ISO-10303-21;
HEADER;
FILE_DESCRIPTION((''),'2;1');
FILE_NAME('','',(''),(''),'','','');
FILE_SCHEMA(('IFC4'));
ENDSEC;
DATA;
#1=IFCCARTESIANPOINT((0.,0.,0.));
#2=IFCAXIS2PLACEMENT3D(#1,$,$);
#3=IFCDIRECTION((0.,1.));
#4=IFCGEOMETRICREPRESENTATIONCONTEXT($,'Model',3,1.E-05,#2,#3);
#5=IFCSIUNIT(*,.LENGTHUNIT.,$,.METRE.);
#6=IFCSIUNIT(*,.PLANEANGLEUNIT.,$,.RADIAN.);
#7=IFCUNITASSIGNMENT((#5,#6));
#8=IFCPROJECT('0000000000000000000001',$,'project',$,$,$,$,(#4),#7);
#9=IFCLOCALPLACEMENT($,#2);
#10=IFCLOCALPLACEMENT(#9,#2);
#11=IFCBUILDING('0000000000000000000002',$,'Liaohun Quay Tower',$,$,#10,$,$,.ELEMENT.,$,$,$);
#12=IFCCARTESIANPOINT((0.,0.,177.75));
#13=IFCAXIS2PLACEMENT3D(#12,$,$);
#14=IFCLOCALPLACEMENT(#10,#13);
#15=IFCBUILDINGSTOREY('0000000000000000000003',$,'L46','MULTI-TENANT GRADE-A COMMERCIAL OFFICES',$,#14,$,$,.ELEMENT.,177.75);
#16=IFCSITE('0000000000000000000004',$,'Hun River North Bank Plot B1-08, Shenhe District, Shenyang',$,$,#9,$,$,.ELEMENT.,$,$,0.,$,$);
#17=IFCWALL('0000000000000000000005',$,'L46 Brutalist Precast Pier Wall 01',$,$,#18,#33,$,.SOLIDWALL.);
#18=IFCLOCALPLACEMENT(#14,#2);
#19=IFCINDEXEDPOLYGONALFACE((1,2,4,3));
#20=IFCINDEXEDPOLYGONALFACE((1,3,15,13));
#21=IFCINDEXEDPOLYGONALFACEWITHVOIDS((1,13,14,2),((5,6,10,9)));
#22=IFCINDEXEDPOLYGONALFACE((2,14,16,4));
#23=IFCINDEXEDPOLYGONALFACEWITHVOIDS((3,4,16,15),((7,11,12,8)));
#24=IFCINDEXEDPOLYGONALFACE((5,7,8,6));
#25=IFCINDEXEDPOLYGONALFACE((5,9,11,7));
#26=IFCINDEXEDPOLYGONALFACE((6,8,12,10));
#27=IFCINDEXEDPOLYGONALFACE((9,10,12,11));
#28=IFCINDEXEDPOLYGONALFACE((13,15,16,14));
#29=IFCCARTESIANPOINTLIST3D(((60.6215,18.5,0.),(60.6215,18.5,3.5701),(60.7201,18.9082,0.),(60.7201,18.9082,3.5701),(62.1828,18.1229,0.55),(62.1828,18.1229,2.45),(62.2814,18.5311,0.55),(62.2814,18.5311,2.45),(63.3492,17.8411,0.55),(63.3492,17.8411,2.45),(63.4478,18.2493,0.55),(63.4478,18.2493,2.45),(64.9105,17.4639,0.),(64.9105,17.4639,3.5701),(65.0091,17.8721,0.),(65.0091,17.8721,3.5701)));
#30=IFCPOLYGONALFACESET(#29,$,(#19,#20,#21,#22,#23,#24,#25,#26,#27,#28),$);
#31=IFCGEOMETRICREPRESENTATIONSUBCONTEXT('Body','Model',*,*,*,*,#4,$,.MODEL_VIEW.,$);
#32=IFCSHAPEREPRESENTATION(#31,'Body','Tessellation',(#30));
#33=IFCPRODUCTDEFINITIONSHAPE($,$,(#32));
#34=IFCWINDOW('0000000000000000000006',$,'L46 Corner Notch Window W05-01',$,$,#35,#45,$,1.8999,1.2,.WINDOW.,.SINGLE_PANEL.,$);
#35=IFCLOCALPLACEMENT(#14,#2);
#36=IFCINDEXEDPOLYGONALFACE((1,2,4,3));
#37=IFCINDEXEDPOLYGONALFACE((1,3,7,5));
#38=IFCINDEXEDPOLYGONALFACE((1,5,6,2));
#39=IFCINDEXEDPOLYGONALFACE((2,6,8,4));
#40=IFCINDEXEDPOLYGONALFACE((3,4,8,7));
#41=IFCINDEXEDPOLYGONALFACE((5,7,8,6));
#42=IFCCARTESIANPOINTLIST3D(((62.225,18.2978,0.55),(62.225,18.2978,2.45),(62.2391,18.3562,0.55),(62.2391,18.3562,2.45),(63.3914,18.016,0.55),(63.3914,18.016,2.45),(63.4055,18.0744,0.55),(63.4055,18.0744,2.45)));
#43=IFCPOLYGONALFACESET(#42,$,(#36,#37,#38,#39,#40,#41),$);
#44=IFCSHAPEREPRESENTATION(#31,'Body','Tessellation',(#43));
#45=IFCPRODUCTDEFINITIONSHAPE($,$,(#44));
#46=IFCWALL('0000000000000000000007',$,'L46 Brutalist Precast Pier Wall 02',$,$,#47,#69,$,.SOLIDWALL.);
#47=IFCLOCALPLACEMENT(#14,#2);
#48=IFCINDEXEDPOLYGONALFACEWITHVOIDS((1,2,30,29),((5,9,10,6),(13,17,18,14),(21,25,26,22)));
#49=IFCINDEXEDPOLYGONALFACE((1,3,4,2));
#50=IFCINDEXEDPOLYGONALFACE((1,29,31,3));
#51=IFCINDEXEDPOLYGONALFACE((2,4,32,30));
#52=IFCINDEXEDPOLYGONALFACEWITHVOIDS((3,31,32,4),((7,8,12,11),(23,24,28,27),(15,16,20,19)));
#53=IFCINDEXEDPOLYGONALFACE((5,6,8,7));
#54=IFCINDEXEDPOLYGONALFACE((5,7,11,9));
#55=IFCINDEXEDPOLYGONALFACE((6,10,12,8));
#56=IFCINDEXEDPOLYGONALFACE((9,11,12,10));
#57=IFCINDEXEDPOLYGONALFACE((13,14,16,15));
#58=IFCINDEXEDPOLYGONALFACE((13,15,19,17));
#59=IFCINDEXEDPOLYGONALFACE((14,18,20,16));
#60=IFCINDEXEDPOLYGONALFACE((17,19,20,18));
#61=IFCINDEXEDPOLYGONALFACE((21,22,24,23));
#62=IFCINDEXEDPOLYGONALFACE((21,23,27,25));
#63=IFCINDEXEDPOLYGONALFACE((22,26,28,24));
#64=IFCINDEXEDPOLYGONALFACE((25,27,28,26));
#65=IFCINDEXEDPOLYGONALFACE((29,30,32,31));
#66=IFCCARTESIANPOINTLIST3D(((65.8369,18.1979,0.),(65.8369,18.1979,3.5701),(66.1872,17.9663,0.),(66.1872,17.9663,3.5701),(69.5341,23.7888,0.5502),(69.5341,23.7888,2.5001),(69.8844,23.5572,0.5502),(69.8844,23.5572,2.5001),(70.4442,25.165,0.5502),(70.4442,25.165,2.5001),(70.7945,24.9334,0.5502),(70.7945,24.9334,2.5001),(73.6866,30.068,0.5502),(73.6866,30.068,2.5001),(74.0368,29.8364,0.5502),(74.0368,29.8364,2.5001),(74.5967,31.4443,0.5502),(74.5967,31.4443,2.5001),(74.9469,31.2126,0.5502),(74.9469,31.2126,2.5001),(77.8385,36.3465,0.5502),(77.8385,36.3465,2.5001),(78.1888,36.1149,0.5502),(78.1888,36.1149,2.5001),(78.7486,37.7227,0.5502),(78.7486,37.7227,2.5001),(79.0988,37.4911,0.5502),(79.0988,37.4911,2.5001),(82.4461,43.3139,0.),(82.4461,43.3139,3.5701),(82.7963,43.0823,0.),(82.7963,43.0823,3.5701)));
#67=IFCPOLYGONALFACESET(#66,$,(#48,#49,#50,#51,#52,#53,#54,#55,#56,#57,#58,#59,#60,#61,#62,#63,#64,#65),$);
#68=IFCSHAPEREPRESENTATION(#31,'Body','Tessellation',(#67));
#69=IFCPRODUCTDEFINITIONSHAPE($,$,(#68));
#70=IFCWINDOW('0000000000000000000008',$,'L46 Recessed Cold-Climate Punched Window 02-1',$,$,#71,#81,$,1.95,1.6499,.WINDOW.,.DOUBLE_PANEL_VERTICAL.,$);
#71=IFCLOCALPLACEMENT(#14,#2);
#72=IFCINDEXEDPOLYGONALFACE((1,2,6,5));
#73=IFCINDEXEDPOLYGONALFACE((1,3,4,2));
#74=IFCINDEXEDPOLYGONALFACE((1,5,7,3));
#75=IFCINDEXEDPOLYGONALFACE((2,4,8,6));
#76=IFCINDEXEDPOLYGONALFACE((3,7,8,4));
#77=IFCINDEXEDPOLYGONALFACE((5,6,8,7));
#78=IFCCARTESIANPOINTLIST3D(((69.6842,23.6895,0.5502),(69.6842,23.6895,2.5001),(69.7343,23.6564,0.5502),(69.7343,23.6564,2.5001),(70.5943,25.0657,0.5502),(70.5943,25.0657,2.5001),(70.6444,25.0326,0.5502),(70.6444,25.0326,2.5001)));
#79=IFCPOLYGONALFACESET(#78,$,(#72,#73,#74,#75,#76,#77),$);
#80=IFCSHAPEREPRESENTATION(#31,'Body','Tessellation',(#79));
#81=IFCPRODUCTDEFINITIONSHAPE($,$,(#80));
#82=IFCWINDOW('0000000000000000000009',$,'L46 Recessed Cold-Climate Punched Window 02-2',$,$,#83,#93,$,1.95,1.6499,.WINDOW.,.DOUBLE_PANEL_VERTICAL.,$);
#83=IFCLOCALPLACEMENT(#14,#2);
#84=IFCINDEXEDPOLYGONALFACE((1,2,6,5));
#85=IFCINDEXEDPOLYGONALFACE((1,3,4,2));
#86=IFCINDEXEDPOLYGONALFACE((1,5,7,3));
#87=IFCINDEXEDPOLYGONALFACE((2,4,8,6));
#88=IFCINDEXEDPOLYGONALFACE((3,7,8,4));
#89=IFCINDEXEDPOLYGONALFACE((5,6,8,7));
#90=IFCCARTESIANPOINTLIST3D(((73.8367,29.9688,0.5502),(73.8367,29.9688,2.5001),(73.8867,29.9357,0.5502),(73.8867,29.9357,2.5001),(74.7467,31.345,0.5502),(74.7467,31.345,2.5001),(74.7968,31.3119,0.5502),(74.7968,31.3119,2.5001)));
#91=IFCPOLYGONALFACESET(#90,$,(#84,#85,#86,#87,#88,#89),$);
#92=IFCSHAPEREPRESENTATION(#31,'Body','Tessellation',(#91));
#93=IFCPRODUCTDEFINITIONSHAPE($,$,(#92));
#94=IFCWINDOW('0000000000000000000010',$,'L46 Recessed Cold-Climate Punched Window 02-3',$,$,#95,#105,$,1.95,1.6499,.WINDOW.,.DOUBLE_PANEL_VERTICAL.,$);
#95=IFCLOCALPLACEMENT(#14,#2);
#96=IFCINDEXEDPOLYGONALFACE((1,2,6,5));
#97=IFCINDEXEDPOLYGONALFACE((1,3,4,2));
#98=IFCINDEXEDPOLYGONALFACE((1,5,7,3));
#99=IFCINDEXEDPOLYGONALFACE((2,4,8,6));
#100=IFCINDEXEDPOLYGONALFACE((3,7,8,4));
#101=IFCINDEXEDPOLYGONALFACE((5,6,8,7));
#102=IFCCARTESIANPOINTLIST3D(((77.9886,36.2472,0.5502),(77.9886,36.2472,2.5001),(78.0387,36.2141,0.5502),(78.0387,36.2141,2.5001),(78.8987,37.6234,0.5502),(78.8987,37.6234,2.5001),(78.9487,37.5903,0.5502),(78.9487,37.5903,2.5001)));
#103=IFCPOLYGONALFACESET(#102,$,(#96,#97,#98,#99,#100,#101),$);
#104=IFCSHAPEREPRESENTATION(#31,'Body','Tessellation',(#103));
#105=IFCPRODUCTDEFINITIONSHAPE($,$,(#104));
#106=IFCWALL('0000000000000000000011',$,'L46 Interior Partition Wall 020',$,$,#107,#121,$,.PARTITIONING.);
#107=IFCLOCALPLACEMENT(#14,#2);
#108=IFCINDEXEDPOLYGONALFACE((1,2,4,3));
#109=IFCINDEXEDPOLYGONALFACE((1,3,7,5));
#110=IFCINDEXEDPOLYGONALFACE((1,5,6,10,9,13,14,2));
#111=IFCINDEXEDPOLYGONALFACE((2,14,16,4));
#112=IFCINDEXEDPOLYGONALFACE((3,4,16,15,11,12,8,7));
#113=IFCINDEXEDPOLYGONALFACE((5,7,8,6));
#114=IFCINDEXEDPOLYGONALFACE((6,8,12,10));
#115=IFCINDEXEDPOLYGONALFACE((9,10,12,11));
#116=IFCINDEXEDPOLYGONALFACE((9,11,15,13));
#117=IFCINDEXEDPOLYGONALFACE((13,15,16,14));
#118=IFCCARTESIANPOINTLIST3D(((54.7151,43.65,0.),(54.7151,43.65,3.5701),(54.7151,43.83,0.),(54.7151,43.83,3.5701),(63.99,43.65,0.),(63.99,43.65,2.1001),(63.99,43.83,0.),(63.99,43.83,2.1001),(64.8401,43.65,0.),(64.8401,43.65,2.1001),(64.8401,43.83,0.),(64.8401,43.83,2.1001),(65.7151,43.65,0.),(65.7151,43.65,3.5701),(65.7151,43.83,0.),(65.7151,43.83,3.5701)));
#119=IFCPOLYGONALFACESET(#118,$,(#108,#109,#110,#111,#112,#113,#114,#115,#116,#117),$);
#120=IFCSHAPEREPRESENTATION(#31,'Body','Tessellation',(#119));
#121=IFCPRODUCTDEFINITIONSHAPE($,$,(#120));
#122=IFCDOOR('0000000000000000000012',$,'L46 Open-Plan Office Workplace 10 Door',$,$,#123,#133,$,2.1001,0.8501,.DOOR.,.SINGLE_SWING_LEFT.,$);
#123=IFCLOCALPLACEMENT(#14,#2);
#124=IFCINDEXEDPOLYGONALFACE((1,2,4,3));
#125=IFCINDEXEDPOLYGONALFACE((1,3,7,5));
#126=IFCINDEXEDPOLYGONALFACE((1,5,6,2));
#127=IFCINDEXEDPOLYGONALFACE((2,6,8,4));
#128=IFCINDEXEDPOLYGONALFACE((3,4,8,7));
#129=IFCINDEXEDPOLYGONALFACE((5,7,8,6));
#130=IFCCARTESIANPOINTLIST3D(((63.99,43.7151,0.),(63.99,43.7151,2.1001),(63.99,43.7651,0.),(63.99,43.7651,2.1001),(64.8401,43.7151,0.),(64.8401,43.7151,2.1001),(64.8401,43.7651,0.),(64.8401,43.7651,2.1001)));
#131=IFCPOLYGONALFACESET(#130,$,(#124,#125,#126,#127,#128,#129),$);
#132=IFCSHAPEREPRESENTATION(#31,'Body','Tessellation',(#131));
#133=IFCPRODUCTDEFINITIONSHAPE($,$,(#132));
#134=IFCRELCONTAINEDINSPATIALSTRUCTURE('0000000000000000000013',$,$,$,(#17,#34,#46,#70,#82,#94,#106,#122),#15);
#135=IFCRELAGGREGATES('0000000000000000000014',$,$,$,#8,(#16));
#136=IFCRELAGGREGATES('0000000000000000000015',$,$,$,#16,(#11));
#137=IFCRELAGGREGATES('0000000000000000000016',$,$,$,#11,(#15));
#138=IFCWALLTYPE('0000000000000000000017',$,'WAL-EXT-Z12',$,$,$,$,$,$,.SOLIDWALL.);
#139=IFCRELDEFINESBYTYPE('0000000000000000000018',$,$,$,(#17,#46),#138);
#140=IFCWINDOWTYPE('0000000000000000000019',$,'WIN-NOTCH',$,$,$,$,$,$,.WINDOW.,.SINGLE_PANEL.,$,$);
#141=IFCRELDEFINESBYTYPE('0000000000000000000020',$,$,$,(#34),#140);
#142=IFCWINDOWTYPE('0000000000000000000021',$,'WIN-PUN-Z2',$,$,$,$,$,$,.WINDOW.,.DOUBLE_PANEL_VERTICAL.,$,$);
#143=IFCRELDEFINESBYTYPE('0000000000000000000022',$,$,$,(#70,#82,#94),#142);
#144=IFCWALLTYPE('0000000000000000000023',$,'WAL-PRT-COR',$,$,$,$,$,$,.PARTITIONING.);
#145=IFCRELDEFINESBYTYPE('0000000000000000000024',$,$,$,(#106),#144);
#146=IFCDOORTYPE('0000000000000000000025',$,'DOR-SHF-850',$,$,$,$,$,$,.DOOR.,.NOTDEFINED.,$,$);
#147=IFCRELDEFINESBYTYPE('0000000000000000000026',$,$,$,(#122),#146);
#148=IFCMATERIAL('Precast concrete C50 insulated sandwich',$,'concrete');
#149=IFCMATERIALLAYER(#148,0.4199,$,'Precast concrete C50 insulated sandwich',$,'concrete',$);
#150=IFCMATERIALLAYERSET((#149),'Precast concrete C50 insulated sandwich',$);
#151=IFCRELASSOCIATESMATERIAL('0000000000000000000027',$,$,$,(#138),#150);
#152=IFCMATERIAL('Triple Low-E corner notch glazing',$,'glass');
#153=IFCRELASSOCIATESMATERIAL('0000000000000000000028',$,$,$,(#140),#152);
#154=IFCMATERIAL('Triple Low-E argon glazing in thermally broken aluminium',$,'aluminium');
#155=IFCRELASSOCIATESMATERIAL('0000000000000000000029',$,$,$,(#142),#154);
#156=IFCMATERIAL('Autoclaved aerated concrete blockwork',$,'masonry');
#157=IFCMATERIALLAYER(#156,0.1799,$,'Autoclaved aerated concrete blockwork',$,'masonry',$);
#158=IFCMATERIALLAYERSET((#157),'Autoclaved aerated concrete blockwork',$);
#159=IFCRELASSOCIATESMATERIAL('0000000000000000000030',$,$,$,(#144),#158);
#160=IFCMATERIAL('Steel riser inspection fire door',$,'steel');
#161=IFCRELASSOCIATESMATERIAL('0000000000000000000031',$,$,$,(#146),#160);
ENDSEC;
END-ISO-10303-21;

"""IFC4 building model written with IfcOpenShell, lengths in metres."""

from ifc_helpers import new_model, si_unit, direction, frame, frame_2d, origin, place, context, subcontext, project, spatial, rectangle, extrude, source, transform, mapped, material, layer, layer_set, type_object, element, fill, save


model = new_model("IFC4")

# Units and contexts
model_context = context("Model", 3, precision=1e-05, world=origin(), true_north=direction((0.0, 1.0)))
body_context = subcontext(model_context, "Body", "Model", "MODEL_VIEW")
ifc_project = project(units=[si_unit("LENGTHUNIT", "METRE"), si_unit("PLANEANGLEUNIT", "RADIAN")], contexts=[model_context])

# Site, building, storey
site_placement = place(None, origin())
site = spatial("IfcSite", under=ifc_project, at=site_placement, Name="Hun River North Bank Plot B1-08, Shenhe District, Shenyang", CompositionType="ELEMENT", RefElevation=0.0)
building_placement = place(site_placement, origin())
building = spatial("IfcBuilding", under=site, at=building_placement, Name="Liaohun Quay Tower", CompositionType="ELEMENT")
storey_placement = place(building_placement, frame((0.0, 0.0, 177.75)))
storey = spatial("IfcBuildingStorey", under=building, at=storey_placement, Name="L46", Description="MULTI-TENANT GRADE-A COMMERCIAL OFFICES", CompositionType="ELEMENT", Elevation=177.75)

# Wall, opening, window
ifc_material_1 = material(Name="Precast concrete C50 insulated sandwich", Category="concrete")
ifc_layer_1 = layer(ifc_material_1, 0.4199, Name="Precast concrete C50 insulated sandwich", Category="concrete")
ifc_layer_set_1 = layer_set([ifc_layer_1], Name="Precast concrete C50 insulated sandwich")
wall_type_1 = type_object("IfcWallType", Name="WAL-EXT-Z12", PredefinedType="SOLIDWALL", material=ifc_layer_set_1)
wall_1_placement = place(storey_placement, frame((60.6709, 18.7041, 0.0), z_axis=(0.0, 0.0, 1.0), x_axis=(0.972039, -0.234821, 0.0)))
wall_1 = element("IfcWall", 1, at=wall_1_placement, inside=storey, type_object=wall_type_1, Name="L46 Brutalist Precast Pier Wall 01", PredefinedType="SOLIDWALL", context=body_context, shape_type="SweptSolid", body=[
    extrude(rectangle(XDim=4.4124, YDim=0.4199, at=frame_2d((2.2061, 0.0))), origin(), (0.0, 0.0, 1.0), 3.5701),
])
shared_shape_1 = source(origin(), body_context, "Body", "SweptSolid", [
    extrude(rectangle(XDim=1.2, YDim=1.8999, at=frame_2d((0.6001, 0.95))), frame((0.0, 0.22, 0.0), z_axis=(0.0, -1.0, 0.0), x_axis=(1.0, 0.0, 0.0)), (0.0, 0.0, 1.0), 0.4399),
])
opening_1_placement = place(wall_1_placement, frame((1.606, 0.0, 0.55)))
opening_1 = element("IfcOpeningElement", 2, at=opening_1_placement, cuts=wall_1, PredefinedType="OPENING", context=body_context, shape_type="MappedRepresentation", body=[
    mapped(shared_shape_1, transform((0.0, 0.0, 0.0), x_axis=(1.0, 0.0, 0.0), y_axis=(0.0, 1.0, 0.0), z_axis=(0.0, 0.0, 1.0), scale=1.0)),
])
ifc_material_2 = material(Name="Triple Low-E corner notch glazing", Category="glass")
window_type_1 = type_object("IfcWindowType", Name="WIN-NOTCH", PartitioningType="SINGLE_PANEL", PredefinedType="WINDOW", material=ifc_material_2)
shared_shape_2 = source(origin(), body_context, "Body", "SweptSolid", [
    extrude(rectangle(XDim=1.2, YDim=1.8999, at=frame_2d((0.6001, 0.95))), frame((0.0, 0.03, 0.0), z_axis=(0.0, -1.0, 0.0), x_axis=(1.0, 0.0, 0.0)), (0.0, 0.0, 1.0), 0.0601),
])
window_1_placement = place(opening_1_placement, origin())
window_1 = element("IfcWindow", 3, at=window_1_placement, inside=storey, type_object=window_type_1, Name="L46 Corner Notch Window W05-01", OverallHeight=1.8999, OverallWidth=1.2, PartitioningType="SINGLE_PANEL", PredefinedType="WINDOW", context=body_context, shape_type="MappedRepresentation", body=[
    mapped(shared_shape_2, transform((0.0, 0.0, 0.0), x_axis=(1.0, 0.0, 0.0), y_axis=(0.0, 1.0, 0.0), z_axis=(0.0, 0.0, 1.0), scale=1.0)),
])
fill(opening_1, window_1)

# Wall, openings, windows
wall_2_placement = place(storey_placement, frame((66.012, 18.082, 0.0), z_axis=(0.0, 0.0, 1.0), x_axis=(0.551596, 0.834111, 0.0)))
wall_2 = element("IfcWall", 4, at=wall_2_placement, inside=storey, type_object=wall_type_1, Name="L46 Brutalist Precast Pier Wall 02", PredefinedType="SOLIDWALL", context=body_context, shape_type="SweptSolid", body=[
    extrude(rectangle(XDim=30.1111, YDim=0.4199, at=frame_2d((15.0557, 0.0))), origin(), (0.0, 0.0, 1.0), 3.5701),
])
shared_shape_3 = source(origin(), body_context, "Body", "SweptSolid", [
    extrude(rectangle(XDim=1.6499, YDim=1.95, at=frame_2d((0.825, 0.9751))), frame((0.0, 0.22, 0.0), z_axis=(0.0, -1.0, 0.0), x_axis=(1.0, 0.0, 0.0)), (0.0, 0.0, 1.0), 0.4399),
])
opening_2_placement = place(wall_2_placement, frame((6.7029, 0.0, 0.55)))
opening_2 = element("IfcOpeningElement", 5, at=opening_2_placement, cuts=wall_2, PredefinedType="OPENING", context=body_context, shape_type="MappedRepresentation", body=[
    mapped(shared_shape_3, transform((0.0, 0.0, 0.0), x_axis=(1.0, 0.0, 0.0), y_axis=(0.0, 1.0, 0.0), z_axis=(0.0, 0.0, 1.0), scale=1.0)),
])
opening_3_placement = place(wall_2_placement, frame((14.231, 0.0, 0.55)))
opening_3 = element("IfcOpeningElement", 6, at=opening_3_placement, cuts=wall_2, PredefinedType="OPENING", context=body_context, shape_type="MappedRepresentation", body=[
    mapped(shared_shape_3, transform((0.0, 0.0, 0.0), x_axis=(1.0, 0.0, 0.0), y_axis=(0.0, 1.0, 0.0), z_axis=(0.0, 0.0, 1.0), scale=1.0)),
])
opening_4_placement = place(wall_2_placement, frame((21.7581, 0.0, 0.55)))
opening_4 = element("IfcOpeningElement", 7, at=opening_4_placement, cuts=wall_2, PredefinedType="OPENING", context=body_context, shape_type="MappedRepresentation", body=[
    mapped(shared_shape_3, transform((0.0, 0.0, 0.0), x_axis=(1.0, 0.0, 0.0), y_axis=(0.0, 1.0, 0.0), z_axis=(0.0, 0.0, 1.0), scale=1.0)),
])
ifc_material_3 = material(Name="Triple Low-E argon glazing in thermally broken aluminium", Category="aluminium")
window_type_2 = type_object("IfcWindowType", Name="WIN-PUN-Z2", PartitioningType="DOUBLE_PANEL_VERTICAL", PredefinedType="WINDOW", material=ifc_material_3)
shared_shape_4 = source(origin(), body_context, "Body", "SweptSolid", [
    extrude(rectangle(XDim=1.6499, YDim=1.95, at=frame_2d((0.825, 0.9751))), frame((0.0, 0.03, 0.0), z_axis=(0.0, -1.0, 0.0), x_axis=(1.0, 0.0, 0.0)), (0.0, 0.0, 1.0), 0.0601),
])
window_2_placement = place(opening_2_placement, origin())
window_2 = element("IfcWindow", 8, at=window_2_placement, inside=storey, type_object=window_type_2, Name="L46 Recessed Cold-Climate Punched Window 02-1", OverallHeight=1.95, OverallWidth=1.6499, PartitioningType="DOUBLE_PANEL_VERTICAL", PredefinedType="WINDOW", context=body_context, shape_type="MappedRepresentation", body=[
    mapped(shared_shape_4, transform((0.0, 0.0, 0.0), x_axis=(1.0, 0.0, 0.0), y_axis=(0.0, 1.0, 0.0), z_axis=(0.0, 0.0, 1.0), scale=1.0)),
])
fill(opening_2, window_2)
window_3_placement = place(opening_3_placement, origin())
window_3 = element("IfcWindow", 9, at=window_3_placement, inside=storey, type_object=window_type_2, Name="L46 Recessed Cold-Climate Punched Window 02-2", OverallHeight=1.95, OverallWidth=1.6499, PartitioningType="DOUBLE_PANEL_VERTICAL", PredefinedType="WINDOW", context=body_context, shape_type="MappedRepresentation", body=[
    mapped(shared_shape_4, transform((0.0, 0.0, 0.0), x_axis=(1.0, 0.0, 0.0), y_axis=(0.0, 1.0, 0.0), z_axis=(0.0, 0.0, 1.0), scale=1.0)),
])
fill(opening_3, window_3)
window_4_placement = place(opening_4_placement, origin())
window_4 = element("IfcWindow", 10, at=window_4_placement, inside=storey, type_object=window_type_2, Name="L46 Recessed Cold-Climate Punched Window 02-3", OverallHeight=1.95, OverallWidth=1.6499, PartitioningType="DOUBLE_PANEL_VERTICAL", PredefinedType="WINDOW", context=body_context, shape_type="MappedRepresentation", body=[
    mapped(shared_shape_4, transform((0.0, 0.0, 0.0), x_axis=(1.0, 0.0, 0.0), y_axis=(0.0, 1.0, 0.0), z_axis=(0.0, 0.0, 1.0), scale=1.0)),
])
fill(opening_4, window_4)

# Wall, opening, door
ifc_material_4 = material(Name="Autoclaved aerated concrete blockwork", Category="masonry")
ifc_layer_2 = layer(ifc_material_4, 0.1799, Name="Autoclaved aerated concrete blockwork", Category="masonry")
ifc_layer_set_2 = layer_set([ifc_layer_2], Name="Autoclaved aerated concrete blockwork")
wall_type_2 = type_object("IfcWallType", Name="WAL-PRT-COR", PredefinedType="PARTITIONING", material=ifc_layer_set_2)
wall_3_placement = place(storey_placement, frame((65.7151, 43.74, 0.0), z_axis=(0.0, 0.0, 1.0), x_axis=(-1.0, 0.0, 0.0)))
wall_3 = element("IfcWall", 11, at=wall_3_placement, inside=storey, type_object=wall_type_2, Name="L46 Interior Partition Wall 020", PredefinedType="PARTITIONING", context=body_context, shape_type="SweptSolid", body=[
    extrude(rectangle(XDim=11.0, YDim=0.1799, at=frame_2d((5.5, 0.0))), origin(), (0.0, 0.0, 1.0), 3.5701),
])
shared_shape_5 = source(origin(), body_context, "Body", "SweptSolid", [
    extrude(rectangle(XDim=0.8501, YDim=2.1001, at=frame_2d((0.425, 1.05))), frame((0.0, 0.0999, 0.0), z_axis=(0.0, -1.0, 0.0), x_axis=(1.0, 0.0, 0.0)), (0.0, 0.0, 1.0), 0.2),
])
opening_5_placement = place(wall_3_placement, frame((0.875, 0.0, 0.0)))
opening_5 = element("IfcOpeningElement", 12, at=opening_5_placement, cuts=wall_3, PredefinedType="OPENING", context=body_context, shape_type="MappedRepresentation", body=[
    mapped(shared_shape_5, transform((0.0, 0.0, 0.0), x_axis=(1.0, 0.0, 0.0), y_axis=(0.0, 1.0, 0.0), z_axis=(0.0, 0.0, 1.0), scale=1.0)),
])
ifc_material_5 = material(Name="Steel riser inspection fire door", Category="steel")
door_type_1 = type_object("IfcDoorType", Name="DOR-SHF-850", OperationType="NOTDEFINED", PredefinedType="DOOR", material=ifc_material_5)
shared_shape_6 = source(origin(), body_context, "Body", "SweptSolid", [
    extrude(rectangle(XDim=0.8501, YDim=2.1001, at=frame_2d((0.425, 1.05))), frame((0.0, 0.0249, 0.0), z_axis=(0.0, -1.0, 0.0), x_axis=(1.0, 0.0, 0.0)), (0.0, 0.0, 1.0), 0.05),
])
door_1_placement = place(opening_5_placement, origin())
door_1 = element("IfcDoor", 13, at=door_1_placement, inside=storey, type_object=door_type_1, Name="L46 Open-Plan Office Workplace 10 Door", OperationType="SINGLE_SWING_LEFT", OverallHeight=2.1001, OverallWidth=0.8501, PredefinedType="DOOR", context=body_context, shape_type="MappedRepresentation", body=[
    mapped(shared_shape_6, transform((0.0, 0.0, 0.0), x_axis=(1.0, 0.0, 0.0), y_axis=(0.0, 1.0, 0.0), z_axis=(0.0, 0.0, 1.0), scale=1.0)),
])
fill(opening_5, door_1)

save(model, "model.ifc")
